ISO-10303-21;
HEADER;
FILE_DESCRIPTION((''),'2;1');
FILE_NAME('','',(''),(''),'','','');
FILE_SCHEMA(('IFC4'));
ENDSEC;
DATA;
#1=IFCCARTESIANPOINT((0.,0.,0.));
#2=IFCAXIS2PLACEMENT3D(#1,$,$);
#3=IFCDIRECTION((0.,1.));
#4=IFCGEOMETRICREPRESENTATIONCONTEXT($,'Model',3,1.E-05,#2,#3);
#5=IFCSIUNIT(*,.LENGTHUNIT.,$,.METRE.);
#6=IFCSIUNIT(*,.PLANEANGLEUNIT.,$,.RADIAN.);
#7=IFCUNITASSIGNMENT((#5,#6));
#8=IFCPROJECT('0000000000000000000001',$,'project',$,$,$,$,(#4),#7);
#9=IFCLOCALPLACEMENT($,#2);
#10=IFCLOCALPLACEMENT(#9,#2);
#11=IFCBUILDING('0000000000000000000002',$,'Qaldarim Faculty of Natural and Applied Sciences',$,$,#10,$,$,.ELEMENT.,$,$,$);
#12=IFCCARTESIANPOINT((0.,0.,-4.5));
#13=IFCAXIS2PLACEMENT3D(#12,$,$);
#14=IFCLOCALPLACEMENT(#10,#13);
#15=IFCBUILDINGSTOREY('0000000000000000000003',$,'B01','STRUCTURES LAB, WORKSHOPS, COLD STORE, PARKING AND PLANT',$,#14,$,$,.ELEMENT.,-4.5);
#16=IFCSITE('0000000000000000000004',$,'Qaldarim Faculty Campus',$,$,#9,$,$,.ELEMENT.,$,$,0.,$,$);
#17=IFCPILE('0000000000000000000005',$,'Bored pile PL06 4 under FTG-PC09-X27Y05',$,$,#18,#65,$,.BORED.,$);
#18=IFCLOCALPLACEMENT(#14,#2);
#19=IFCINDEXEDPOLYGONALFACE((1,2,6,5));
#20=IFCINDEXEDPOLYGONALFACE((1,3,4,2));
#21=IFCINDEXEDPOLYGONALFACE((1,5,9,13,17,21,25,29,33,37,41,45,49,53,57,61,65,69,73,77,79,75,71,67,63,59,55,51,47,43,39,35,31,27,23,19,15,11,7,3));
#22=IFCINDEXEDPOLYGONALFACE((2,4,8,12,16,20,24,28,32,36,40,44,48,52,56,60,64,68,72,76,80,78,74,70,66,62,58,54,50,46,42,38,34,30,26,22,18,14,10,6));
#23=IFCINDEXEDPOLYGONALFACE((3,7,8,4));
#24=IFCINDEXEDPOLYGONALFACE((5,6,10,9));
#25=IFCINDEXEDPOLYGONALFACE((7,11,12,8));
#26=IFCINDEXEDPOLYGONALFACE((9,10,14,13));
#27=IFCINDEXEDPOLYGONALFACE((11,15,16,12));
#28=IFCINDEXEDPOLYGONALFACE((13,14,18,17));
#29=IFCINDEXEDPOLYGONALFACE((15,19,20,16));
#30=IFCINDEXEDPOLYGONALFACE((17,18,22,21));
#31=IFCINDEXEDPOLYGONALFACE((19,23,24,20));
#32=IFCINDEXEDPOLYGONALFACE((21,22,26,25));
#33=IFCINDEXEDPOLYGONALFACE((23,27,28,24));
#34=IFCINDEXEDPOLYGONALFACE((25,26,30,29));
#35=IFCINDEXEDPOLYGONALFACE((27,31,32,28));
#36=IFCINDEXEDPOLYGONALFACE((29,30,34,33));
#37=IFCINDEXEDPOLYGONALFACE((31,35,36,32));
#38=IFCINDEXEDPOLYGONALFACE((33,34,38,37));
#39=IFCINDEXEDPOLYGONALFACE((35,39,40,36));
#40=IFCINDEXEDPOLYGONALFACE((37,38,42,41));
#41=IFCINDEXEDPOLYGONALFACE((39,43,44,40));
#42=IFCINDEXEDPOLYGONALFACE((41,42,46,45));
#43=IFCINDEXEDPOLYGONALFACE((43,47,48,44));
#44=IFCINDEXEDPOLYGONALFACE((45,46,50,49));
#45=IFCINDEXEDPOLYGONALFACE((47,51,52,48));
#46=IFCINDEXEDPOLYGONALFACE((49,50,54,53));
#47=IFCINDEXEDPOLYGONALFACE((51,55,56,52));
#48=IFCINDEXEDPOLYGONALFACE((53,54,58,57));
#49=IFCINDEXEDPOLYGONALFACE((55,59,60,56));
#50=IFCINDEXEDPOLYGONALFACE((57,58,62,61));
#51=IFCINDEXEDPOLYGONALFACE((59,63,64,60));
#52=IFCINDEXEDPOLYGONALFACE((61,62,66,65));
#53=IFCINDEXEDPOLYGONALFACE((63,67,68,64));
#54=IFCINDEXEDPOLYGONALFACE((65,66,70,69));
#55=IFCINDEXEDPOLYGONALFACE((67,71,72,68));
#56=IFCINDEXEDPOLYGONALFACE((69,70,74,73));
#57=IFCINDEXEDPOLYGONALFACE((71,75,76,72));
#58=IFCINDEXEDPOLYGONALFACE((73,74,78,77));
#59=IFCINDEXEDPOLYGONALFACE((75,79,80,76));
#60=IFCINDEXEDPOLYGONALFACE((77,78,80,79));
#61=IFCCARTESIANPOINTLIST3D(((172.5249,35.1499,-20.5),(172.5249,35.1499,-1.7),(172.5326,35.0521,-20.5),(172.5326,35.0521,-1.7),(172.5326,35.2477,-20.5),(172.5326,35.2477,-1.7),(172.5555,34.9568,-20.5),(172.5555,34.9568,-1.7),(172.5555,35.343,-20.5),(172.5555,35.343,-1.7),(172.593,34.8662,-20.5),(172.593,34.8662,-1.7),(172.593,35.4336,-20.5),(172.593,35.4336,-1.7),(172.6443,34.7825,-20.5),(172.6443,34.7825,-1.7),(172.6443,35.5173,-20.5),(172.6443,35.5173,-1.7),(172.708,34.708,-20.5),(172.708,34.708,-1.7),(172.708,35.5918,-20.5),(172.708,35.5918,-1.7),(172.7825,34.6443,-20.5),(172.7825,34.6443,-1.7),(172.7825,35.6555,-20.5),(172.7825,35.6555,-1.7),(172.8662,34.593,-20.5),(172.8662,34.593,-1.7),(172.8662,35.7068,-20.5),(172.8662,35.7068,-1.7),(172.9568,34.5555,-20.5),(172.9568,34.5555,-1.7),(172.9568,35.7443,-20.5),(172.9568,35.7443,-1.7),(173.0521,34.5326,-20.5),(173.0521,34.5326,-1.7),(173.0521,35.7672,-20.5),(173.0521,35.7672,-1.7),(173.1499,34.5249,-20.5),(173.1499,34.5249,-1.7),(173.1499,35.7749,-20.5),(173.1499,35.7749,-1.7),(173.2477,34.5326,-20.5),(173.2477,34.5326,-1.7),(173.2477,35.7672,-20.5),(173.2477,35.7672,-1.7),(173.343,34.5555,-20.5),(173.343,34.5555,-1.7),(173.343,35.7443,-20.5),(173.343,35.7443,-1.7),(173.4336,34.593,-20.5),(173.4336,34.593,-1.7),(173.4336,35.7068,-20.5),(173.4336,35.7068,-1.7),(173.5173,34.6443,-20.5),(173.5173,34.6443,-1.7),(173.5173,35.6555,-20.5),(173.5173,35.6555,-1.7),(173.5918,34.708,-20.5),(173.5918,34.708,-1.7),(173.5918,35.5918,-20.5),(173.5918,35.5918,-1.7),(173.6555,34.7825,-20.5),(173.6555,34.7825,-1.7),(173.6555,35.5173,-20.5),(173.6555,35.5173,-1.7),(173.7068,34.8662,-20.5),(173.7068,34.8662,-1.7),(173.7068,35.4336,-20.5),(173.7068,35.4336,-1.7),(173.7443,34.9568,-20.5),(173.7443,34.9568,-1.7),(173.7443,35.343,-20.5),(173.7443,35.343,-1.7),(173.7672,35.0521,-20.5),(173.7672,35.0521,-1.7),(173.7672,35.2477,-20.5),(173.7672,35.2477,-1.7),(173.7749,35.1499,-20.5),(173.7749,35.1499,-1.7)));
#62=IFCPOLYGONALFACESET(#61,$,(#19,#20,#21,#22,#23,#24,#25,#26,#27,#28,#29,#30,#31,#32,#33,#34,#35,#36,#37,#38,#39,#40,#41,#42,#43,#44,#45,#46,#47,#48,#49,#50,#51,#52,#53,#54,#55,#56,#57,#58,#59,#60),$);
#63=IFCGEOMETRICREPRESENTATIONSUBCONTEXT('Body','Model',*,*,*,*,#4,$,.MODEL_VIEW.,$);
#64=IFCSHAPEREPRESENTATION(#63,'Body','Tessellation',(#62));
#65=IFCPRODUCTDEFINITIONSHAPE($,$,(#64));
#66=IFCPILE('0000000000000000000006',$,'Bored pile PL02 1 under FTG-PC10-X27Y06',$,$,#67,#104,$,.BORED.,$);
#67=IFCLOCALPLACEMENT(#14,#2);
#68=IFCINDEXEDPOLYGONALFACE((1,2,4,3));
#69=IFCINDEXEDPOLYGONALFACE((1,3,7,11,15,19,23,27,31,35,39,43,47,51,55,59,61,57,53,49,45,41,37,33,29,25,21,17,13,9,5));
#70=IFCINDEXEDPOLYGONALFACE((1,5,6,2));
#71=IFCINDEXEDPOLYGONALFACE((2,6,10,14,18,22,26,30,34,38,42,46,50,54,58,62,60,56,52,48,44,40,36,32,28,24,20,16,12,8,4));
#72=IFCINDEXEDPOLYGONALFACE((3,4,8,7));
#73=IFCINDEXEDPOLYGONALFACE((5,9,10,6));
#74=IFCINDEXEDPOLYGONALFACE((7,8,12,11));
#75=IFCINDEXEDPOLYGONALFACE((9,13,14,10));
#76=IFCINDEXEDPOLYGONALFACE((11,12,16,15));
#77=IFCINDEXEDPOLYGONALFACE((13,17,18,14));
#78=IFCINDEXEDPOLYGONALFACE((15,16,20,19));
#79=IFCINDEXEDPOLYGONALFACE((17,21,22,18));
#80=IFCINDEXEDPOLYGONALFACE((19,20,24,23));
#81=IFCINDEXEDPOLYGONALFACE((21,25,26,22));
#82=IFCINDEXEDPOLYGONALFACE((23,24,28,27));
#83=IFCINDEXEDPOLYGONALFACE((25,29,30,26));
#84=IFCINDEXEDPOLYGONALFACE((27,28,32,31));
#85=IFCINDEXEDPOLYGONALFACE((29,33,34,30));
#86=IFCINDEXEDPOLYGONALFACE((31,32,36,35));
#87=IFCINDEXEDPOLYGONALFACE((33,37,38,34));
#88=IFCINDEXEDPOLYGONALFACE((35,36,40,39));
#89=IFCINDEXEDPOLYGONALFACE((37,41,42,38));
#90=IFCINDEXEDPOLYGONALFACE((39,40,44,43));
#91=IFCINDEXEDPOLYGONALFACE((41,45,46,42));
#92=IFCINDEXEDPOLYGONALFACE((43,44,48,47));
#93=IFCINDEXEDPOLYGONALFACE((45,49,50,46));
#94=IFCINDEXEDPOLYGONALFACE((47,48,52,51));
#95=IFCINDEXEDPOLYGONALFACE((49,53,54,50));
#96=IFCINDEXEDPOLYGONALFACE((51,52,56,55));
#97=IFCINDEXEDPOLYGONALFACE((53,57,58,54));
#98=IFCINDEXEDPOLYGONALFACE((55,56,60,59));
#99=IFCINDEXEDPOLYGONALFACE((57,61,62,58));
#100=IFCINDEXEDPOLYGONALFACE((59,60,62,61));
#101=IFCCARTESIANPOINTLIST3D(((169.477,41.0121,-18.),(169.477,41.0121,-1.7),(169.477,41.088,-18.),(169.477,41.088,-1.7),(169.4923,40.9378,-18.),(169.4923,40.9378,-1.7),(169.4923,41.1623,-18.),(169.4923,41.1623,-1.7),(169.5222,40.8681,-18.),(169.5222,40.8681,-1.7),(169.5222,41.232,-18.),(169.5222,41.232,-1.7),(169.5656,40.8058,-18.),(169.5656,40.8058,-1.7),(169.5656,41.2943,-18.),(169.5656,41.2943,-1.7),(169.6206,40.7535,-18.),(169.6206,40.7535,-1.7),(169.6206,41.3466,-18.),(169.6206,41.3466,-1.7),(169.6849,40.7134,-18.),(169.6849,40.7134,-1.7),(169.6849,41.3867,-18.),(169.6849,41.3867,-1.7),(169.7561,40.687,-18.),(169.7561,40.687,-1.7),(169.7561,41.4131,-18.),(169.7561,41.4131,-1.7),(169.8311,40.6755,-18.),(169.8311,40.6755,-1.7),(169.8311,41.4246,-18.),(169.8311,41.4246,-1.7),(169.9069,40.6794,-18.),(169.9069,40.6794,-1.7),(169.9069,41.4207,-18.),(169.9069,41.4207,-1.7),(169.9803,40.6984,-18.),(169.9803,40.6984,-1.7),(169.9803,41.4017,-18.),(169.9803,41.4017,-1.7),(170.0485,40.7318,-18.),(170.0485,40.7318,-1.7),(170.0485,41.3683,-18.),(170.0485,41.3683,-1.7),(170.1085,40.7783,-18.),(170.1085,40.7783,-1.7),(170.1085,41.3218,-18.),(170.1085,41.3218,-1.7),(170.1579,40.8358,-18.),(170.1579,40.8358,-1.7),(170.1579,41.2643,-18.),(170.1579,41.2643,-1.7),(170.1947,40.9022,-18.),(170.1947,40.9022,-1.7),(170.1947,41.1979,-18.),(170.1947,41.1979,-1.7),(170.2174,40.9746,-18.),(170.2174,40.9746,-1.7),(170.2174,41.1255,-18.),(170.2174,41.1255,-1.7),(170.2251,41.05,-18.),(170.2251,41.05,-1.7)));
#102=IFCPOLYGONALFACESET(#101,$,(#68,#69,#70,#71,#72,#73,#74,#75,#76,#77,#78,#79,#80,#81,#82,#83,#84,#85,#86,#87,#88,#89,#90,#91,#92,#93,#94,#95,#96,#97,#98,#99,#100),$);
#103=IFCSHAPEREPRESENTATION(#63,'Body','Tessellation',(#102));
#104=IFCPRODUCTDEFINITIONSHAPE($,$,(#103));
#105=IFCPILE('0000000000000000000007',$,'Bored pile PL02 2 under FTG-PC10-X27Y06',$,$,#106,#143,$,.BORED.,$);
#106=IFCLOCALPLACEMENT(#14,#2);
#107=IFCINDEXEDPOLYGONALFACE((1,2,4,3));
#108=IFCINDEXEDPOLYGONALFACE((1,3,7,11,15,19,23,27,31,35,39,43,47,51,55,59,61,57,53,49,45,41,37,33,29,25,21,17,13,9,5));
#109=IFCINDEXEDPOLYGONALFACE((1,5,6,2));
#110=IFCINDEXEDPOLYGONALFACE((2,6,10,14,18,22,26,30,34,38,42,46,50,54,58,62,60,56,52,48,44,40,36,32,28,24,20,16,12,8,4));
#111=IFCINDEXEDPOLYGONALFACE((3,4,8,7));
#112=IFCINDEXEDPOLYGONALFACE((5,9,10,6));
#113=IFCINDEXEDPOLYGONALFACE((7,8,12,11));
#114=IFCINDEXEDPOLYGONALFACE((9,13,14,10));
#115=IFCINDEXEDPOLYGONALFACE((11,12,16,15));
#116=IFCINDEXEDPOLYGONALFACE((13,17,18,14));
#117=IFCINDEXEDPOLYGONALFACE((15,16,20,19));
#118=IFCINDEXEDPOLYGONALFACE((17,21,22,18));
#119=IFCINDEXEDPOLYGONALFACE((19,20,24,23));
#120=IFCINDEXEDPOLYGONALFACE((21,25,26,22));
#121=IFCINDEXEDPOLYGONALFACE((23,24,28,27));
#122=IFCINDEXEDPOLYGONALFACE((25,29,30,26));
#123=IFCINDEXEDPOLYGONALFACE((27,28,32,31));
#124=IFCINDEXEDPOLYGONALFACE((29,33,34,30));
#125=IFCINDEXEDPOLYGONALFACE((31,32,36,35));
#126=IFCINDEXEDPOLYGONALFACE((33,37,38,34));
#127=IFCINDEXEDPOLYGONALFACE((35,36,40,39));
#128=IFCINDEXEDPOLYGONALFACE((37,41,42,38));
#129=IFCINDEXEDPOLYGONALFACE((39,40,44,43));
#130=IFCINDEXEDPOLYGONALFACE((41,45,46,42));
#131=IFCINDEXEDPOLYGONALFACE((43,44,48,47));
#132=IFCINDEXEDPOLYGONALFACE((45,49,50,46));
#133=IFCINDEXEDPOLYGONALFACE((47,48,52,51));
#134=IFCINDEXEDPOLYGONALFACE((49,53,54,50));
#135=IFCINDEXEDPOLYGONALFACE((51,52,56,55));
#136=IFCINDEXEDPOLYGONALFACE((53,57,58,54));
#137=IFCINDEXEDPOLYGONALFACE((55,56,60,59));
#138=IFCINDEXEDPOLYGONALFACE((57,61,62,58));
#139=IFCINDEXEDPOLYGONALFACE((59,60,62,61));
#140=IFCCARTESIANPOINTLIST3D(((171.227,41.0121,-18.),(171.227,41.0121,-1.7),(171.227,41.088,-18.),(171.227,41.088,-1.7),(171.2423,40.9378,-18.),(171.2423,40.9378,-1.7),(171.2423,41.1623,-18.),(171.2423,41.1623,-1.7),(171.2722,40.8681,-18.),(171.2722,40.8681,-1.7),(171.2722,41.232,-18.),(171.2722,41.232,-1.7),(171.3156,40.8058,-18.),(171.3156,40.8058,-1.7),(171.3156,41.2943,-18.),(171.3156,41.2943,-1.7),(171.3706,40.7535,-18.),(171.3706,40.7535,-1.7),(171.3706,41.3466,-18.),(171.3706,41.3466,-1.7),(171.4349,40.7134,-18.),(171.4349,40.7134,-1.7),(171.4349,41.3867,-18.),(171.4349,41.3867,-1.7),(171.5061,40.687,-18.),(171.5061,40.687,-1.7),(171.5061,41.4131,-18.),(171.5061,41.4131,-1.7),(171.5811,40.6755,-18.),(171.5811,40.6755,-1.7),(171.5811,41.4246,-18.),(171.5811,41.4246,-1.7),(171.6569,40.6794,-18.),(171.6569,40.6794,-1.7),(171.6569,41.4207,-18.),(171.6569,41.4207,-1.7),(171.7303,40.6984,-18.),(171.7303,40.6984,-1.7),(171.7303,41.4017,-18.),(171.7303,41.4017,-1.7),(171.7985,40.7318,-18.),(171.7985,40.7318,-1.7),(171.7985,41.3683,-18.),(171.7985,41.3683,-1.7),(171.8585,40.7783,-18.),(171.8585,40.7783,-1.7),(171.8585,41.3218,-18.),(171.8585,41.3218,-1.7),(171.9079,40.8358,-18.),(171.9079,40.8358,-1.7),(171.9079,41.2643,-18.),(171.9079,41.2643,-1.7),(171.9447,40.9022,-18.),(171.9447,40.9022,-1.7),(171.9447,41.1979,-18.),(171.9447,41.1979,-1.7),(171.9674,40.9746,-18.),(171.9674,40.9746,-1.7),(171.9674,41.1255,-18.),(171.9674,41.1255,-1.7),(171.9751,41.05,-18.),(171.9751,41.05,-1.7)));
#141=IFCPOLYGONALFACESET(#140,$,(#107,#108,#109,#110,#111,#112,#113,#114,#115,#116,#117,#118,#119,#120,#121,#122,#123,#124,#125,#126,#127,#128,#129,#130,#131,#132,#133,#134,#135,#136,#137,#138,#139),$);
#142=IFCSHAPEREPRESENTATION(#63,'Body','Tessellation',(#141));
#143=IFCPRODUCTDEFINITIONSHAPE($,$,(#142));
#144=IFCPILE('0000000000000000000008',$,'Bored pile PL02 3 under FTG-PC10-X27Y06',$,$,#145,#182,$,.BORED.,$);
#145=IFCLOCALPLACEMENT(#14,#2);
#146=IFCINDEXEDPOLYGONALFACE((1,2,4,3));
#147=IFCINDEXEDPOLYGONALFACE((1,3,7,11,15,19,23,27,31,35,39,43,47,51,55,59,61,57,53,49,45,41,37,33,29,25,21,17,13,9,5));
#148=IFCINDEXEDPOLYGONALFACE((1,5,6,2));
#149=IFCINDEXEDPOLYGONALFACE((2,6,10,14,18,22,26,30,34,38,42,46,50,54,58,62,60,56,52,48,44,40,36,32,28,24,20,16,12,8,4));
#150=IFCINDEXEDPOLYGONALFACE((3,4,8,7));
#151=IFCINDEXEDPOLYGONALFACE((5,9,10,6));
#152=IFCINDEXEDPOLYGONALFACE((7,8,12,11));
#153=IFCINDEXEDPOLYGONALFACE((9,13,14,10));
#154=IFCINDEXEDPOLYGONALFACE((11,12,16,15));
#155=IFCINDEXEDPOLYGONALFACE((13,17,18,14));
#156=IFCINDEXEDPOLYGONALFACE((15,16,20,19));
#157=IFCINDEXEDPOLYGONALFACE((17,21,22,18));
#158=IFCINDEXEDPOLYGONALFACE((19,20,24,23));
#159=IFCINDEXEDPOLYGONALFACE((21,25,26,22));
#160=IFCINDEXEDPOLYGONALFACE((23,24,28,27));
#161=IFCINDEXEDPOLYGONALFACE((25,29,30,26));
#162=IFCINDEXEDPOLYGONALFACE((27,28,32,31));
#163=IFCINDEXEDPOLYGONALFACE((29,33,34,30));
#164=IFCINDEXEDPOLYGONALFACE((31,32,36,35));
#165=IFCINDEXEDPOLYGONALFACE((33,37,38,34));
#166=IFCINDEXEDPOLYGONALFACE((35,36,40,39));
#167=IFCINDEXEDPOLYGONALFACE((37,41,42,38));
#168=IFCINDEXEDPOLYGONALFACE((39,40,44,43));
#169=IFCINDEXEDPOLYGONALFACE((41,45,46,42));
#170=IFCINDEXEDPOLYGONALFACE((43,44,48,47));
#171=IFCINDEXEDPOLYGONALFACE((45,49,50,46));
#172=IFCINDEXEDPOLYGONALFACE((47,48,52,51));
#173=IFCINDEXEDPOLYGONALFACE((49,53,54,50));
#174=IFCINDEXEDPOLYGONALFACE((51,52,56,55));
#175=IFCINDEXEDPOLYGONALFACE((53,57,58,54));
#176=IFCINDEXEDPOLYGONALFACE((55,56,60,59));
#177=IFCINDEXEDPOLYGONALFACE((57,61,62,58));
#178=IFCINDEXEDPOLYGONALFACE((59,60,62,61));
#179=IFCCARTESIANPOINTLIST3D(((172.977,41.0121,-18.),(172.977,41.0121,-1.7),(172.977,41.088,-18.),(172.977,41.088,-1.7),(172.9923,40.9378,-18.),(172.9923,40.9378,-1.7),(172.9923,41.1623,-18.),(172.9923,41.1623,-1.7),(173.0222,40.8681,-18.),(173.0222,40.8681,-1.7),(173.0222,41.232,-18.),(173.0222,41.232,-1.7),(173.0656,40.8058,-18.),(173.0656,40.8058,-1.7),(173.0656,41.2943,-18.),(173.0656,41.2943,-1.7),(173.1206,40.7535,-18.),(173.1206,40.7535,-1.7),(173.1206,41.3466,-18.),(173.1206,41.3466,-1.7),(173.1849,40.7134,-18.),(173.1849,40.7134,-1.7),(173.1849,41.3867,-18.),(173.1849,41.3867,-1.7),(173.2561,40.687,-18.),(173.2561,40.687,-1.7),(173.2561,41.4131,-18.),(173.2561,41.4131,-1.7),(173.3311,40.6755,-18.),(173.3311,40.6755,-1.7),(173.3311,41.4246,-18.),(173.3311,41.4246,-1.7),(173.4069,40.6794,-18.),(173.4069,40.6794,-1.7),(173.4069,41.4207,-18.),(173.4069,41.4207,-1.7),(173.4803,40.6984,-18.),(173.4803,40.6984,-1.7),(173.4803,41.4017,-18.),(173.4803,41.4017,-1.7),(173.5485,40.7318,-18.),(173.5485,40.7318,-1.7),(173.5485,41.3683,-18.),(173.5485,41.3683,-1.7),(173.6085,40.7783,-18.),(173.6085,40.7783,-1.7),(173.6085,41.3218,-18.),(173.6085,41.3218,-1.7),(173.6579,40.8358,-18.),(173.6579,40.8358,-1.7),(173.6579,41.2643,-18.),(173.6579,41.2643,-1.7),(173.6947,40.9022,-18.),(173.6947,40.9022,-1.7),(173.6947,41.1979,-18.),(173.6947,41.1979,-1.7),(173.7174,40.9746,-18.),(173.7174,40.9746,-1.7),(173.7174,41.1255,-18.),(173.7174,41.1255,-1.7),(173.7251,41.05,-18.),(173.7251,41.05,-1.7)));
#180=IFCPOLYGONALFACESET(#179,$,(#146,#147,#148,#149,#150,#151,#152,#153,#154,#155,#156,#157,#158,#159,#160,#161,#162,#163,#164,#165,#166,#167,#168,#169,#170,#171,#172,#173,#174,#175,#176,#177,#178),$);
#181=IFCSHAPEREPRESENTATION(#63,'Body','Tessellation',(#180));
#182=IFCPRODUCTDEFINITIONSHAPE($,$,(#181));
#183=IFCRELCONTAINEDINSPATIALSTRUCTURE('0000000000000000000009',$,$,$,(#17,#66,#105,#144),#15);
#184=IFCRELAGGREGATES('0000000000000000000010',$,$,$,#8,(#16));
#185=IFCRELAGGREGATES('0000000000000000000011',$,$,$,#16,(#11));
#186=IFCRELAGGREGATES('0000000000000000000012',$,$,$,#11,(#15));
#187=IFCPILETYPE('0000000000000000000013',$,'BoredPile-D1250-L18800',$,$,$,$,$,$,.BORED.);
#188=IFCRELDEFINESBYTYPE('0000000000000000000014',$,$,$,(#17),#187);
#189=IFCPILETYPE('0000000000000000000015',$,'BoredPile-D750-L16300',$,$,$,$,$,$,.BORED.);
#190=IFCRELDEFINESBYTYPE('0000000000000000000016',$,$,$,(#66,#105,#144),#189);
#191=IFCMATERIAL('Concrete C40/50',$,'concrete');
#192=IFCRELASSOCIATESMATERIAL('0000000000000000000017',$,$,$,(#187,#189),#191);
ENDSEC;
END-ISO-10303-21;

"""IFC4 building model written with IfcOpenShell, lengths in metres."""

from ifc_helpers import new_model, si_unit, direction, frame, origin, origin_2d, place, context, subcontext, project, spatial, circle, extrude, material, material_profile, profile_set, type_object, element, save


model = new_model("IFC4")

# Units and contexts
model_context = context("Model", 3, precision=1e-05, world=origin(), true_north=direction((0.0, 1.0)))
body_context = subcontext(model_context, "Body", "Model", "MODEL_VIEW")
ifc_project = project(units=[si_unit("LENGTHUNIT", "METRE"), si_unit("PLANEANGLEUNIT", "RADIAN")], contexts=[model_context])

# Site, building, storey
site_placement = place(None, origin())
site = spatial("IfcSite", under=ifc_project, at=site_placement, Name="Qaldarim Faculty Campus", CompositionType="ELEMENT", RefElevation=0.0)
building_placement = place(site_placement, origin())
building = spatial("IfcBuilding", under=site, at=building_placement, Name="Qaldarim Faculty of Natural and Applied Sciences", CompositionType="ELEMENT")
storey_placement = place(building_placement, frame((0.0, 0.0, -4.5)))
storey = spatial("IfcBuildingStorey", under=building, at=storey_placement, Name="B01", Description="STRUCTURES LAB, WORKSHOPS, COLD STORE, PARKING AND PLANT", CompositionType="ELEMENT", Elevation=-4.5)

# Piles
ifc_material_1 = material(Name="Concrete C40/50", Category="concrete")
ifc_material_profile_1 = material_profile(ifc_material_1, circle(Radius=0.625, at=origin_2d()), Name="PILE-D1250")
ifc_profile_set_1 = profile_set([ifc_material_profile_1], Name="Concrete C40/50")
pile_type_1 = type_object("IfcPileType", Name="BoredPile-D1250-L18800", PredefinedType="BORED", material=ifc_profile_set_1)
for number, where, z_axis, x_axis, name in (
    (1, (173.1499, 35.1499, -1.7), (0.0, 0.0, -1.0), (1.0, 0.0, 0.0), "Bored pile PL06 4 under FTG-PC09-X27Y05"),
):
    element("IfcPile", number, at=place(storey_placement, frame(where, z_axis=z_axis, x_axis=x_axis)), inside=storey, type_object=pile_type_1, Name=name, PredefinedType="BORED", context=body_context, shape_type="SweptSolid", body=[
        extrude(circle(Radius=0.625, at=origin_2d()), origin(), (0.0, 0.0, 1.0), 18.8),
    ])
ifc_material_profile_2 = material_profile(ifc_material_1, circle(Radius=0.375, at=origin_2d()), Name="PILE-D750")
ifc_profile_set_2 = profile_set([ifc_material_profile_2], Name="Concrete C40/50")
pile_type_2 = type_object("IfcPileType", Name="BoredPile-D750-L16300", PredefinedType="BORED", material=ifc_profile_set_2)
for number, where, z_axis, x_axis, name in (
    (2, (169.8501, 41.05, -1.7), (0.0, 0.0, -1.0), (1.0, 0.0, 0.0), "Bored pile PL02 1 under FTG-PC10-X27Y06"),
    (3, (171.6001, 41.05, -1.7), (0.0, 0.0, -1.0), (1.0, 0.0, 0.0), "Bored pile PL02 2 under FTG-PC10-X27Y06"),
    (4, (173.3501, 41.05, -1.7), (0.0, 0.0, -1.0), (1.0, 0.0, 0.0), "Bored pile PL02 3 under FTG-PC10-X27Y06"),
):
    element("IfcPile", number, at=place(storey_placement, frame(where, z_axis=z_axis, x_axis=x_axis)), inside=storey, type_object=pile_type_2, Name=name, PredefinedType="BORED", context=body_context, shape_type="SweptSolid", body=[
        extrude(circle(Radius=0.375, at=origin_2d()), origin(), (0.0, 0.0, 1.0), 16.3),
    ])

save(model, "model.ifc")
